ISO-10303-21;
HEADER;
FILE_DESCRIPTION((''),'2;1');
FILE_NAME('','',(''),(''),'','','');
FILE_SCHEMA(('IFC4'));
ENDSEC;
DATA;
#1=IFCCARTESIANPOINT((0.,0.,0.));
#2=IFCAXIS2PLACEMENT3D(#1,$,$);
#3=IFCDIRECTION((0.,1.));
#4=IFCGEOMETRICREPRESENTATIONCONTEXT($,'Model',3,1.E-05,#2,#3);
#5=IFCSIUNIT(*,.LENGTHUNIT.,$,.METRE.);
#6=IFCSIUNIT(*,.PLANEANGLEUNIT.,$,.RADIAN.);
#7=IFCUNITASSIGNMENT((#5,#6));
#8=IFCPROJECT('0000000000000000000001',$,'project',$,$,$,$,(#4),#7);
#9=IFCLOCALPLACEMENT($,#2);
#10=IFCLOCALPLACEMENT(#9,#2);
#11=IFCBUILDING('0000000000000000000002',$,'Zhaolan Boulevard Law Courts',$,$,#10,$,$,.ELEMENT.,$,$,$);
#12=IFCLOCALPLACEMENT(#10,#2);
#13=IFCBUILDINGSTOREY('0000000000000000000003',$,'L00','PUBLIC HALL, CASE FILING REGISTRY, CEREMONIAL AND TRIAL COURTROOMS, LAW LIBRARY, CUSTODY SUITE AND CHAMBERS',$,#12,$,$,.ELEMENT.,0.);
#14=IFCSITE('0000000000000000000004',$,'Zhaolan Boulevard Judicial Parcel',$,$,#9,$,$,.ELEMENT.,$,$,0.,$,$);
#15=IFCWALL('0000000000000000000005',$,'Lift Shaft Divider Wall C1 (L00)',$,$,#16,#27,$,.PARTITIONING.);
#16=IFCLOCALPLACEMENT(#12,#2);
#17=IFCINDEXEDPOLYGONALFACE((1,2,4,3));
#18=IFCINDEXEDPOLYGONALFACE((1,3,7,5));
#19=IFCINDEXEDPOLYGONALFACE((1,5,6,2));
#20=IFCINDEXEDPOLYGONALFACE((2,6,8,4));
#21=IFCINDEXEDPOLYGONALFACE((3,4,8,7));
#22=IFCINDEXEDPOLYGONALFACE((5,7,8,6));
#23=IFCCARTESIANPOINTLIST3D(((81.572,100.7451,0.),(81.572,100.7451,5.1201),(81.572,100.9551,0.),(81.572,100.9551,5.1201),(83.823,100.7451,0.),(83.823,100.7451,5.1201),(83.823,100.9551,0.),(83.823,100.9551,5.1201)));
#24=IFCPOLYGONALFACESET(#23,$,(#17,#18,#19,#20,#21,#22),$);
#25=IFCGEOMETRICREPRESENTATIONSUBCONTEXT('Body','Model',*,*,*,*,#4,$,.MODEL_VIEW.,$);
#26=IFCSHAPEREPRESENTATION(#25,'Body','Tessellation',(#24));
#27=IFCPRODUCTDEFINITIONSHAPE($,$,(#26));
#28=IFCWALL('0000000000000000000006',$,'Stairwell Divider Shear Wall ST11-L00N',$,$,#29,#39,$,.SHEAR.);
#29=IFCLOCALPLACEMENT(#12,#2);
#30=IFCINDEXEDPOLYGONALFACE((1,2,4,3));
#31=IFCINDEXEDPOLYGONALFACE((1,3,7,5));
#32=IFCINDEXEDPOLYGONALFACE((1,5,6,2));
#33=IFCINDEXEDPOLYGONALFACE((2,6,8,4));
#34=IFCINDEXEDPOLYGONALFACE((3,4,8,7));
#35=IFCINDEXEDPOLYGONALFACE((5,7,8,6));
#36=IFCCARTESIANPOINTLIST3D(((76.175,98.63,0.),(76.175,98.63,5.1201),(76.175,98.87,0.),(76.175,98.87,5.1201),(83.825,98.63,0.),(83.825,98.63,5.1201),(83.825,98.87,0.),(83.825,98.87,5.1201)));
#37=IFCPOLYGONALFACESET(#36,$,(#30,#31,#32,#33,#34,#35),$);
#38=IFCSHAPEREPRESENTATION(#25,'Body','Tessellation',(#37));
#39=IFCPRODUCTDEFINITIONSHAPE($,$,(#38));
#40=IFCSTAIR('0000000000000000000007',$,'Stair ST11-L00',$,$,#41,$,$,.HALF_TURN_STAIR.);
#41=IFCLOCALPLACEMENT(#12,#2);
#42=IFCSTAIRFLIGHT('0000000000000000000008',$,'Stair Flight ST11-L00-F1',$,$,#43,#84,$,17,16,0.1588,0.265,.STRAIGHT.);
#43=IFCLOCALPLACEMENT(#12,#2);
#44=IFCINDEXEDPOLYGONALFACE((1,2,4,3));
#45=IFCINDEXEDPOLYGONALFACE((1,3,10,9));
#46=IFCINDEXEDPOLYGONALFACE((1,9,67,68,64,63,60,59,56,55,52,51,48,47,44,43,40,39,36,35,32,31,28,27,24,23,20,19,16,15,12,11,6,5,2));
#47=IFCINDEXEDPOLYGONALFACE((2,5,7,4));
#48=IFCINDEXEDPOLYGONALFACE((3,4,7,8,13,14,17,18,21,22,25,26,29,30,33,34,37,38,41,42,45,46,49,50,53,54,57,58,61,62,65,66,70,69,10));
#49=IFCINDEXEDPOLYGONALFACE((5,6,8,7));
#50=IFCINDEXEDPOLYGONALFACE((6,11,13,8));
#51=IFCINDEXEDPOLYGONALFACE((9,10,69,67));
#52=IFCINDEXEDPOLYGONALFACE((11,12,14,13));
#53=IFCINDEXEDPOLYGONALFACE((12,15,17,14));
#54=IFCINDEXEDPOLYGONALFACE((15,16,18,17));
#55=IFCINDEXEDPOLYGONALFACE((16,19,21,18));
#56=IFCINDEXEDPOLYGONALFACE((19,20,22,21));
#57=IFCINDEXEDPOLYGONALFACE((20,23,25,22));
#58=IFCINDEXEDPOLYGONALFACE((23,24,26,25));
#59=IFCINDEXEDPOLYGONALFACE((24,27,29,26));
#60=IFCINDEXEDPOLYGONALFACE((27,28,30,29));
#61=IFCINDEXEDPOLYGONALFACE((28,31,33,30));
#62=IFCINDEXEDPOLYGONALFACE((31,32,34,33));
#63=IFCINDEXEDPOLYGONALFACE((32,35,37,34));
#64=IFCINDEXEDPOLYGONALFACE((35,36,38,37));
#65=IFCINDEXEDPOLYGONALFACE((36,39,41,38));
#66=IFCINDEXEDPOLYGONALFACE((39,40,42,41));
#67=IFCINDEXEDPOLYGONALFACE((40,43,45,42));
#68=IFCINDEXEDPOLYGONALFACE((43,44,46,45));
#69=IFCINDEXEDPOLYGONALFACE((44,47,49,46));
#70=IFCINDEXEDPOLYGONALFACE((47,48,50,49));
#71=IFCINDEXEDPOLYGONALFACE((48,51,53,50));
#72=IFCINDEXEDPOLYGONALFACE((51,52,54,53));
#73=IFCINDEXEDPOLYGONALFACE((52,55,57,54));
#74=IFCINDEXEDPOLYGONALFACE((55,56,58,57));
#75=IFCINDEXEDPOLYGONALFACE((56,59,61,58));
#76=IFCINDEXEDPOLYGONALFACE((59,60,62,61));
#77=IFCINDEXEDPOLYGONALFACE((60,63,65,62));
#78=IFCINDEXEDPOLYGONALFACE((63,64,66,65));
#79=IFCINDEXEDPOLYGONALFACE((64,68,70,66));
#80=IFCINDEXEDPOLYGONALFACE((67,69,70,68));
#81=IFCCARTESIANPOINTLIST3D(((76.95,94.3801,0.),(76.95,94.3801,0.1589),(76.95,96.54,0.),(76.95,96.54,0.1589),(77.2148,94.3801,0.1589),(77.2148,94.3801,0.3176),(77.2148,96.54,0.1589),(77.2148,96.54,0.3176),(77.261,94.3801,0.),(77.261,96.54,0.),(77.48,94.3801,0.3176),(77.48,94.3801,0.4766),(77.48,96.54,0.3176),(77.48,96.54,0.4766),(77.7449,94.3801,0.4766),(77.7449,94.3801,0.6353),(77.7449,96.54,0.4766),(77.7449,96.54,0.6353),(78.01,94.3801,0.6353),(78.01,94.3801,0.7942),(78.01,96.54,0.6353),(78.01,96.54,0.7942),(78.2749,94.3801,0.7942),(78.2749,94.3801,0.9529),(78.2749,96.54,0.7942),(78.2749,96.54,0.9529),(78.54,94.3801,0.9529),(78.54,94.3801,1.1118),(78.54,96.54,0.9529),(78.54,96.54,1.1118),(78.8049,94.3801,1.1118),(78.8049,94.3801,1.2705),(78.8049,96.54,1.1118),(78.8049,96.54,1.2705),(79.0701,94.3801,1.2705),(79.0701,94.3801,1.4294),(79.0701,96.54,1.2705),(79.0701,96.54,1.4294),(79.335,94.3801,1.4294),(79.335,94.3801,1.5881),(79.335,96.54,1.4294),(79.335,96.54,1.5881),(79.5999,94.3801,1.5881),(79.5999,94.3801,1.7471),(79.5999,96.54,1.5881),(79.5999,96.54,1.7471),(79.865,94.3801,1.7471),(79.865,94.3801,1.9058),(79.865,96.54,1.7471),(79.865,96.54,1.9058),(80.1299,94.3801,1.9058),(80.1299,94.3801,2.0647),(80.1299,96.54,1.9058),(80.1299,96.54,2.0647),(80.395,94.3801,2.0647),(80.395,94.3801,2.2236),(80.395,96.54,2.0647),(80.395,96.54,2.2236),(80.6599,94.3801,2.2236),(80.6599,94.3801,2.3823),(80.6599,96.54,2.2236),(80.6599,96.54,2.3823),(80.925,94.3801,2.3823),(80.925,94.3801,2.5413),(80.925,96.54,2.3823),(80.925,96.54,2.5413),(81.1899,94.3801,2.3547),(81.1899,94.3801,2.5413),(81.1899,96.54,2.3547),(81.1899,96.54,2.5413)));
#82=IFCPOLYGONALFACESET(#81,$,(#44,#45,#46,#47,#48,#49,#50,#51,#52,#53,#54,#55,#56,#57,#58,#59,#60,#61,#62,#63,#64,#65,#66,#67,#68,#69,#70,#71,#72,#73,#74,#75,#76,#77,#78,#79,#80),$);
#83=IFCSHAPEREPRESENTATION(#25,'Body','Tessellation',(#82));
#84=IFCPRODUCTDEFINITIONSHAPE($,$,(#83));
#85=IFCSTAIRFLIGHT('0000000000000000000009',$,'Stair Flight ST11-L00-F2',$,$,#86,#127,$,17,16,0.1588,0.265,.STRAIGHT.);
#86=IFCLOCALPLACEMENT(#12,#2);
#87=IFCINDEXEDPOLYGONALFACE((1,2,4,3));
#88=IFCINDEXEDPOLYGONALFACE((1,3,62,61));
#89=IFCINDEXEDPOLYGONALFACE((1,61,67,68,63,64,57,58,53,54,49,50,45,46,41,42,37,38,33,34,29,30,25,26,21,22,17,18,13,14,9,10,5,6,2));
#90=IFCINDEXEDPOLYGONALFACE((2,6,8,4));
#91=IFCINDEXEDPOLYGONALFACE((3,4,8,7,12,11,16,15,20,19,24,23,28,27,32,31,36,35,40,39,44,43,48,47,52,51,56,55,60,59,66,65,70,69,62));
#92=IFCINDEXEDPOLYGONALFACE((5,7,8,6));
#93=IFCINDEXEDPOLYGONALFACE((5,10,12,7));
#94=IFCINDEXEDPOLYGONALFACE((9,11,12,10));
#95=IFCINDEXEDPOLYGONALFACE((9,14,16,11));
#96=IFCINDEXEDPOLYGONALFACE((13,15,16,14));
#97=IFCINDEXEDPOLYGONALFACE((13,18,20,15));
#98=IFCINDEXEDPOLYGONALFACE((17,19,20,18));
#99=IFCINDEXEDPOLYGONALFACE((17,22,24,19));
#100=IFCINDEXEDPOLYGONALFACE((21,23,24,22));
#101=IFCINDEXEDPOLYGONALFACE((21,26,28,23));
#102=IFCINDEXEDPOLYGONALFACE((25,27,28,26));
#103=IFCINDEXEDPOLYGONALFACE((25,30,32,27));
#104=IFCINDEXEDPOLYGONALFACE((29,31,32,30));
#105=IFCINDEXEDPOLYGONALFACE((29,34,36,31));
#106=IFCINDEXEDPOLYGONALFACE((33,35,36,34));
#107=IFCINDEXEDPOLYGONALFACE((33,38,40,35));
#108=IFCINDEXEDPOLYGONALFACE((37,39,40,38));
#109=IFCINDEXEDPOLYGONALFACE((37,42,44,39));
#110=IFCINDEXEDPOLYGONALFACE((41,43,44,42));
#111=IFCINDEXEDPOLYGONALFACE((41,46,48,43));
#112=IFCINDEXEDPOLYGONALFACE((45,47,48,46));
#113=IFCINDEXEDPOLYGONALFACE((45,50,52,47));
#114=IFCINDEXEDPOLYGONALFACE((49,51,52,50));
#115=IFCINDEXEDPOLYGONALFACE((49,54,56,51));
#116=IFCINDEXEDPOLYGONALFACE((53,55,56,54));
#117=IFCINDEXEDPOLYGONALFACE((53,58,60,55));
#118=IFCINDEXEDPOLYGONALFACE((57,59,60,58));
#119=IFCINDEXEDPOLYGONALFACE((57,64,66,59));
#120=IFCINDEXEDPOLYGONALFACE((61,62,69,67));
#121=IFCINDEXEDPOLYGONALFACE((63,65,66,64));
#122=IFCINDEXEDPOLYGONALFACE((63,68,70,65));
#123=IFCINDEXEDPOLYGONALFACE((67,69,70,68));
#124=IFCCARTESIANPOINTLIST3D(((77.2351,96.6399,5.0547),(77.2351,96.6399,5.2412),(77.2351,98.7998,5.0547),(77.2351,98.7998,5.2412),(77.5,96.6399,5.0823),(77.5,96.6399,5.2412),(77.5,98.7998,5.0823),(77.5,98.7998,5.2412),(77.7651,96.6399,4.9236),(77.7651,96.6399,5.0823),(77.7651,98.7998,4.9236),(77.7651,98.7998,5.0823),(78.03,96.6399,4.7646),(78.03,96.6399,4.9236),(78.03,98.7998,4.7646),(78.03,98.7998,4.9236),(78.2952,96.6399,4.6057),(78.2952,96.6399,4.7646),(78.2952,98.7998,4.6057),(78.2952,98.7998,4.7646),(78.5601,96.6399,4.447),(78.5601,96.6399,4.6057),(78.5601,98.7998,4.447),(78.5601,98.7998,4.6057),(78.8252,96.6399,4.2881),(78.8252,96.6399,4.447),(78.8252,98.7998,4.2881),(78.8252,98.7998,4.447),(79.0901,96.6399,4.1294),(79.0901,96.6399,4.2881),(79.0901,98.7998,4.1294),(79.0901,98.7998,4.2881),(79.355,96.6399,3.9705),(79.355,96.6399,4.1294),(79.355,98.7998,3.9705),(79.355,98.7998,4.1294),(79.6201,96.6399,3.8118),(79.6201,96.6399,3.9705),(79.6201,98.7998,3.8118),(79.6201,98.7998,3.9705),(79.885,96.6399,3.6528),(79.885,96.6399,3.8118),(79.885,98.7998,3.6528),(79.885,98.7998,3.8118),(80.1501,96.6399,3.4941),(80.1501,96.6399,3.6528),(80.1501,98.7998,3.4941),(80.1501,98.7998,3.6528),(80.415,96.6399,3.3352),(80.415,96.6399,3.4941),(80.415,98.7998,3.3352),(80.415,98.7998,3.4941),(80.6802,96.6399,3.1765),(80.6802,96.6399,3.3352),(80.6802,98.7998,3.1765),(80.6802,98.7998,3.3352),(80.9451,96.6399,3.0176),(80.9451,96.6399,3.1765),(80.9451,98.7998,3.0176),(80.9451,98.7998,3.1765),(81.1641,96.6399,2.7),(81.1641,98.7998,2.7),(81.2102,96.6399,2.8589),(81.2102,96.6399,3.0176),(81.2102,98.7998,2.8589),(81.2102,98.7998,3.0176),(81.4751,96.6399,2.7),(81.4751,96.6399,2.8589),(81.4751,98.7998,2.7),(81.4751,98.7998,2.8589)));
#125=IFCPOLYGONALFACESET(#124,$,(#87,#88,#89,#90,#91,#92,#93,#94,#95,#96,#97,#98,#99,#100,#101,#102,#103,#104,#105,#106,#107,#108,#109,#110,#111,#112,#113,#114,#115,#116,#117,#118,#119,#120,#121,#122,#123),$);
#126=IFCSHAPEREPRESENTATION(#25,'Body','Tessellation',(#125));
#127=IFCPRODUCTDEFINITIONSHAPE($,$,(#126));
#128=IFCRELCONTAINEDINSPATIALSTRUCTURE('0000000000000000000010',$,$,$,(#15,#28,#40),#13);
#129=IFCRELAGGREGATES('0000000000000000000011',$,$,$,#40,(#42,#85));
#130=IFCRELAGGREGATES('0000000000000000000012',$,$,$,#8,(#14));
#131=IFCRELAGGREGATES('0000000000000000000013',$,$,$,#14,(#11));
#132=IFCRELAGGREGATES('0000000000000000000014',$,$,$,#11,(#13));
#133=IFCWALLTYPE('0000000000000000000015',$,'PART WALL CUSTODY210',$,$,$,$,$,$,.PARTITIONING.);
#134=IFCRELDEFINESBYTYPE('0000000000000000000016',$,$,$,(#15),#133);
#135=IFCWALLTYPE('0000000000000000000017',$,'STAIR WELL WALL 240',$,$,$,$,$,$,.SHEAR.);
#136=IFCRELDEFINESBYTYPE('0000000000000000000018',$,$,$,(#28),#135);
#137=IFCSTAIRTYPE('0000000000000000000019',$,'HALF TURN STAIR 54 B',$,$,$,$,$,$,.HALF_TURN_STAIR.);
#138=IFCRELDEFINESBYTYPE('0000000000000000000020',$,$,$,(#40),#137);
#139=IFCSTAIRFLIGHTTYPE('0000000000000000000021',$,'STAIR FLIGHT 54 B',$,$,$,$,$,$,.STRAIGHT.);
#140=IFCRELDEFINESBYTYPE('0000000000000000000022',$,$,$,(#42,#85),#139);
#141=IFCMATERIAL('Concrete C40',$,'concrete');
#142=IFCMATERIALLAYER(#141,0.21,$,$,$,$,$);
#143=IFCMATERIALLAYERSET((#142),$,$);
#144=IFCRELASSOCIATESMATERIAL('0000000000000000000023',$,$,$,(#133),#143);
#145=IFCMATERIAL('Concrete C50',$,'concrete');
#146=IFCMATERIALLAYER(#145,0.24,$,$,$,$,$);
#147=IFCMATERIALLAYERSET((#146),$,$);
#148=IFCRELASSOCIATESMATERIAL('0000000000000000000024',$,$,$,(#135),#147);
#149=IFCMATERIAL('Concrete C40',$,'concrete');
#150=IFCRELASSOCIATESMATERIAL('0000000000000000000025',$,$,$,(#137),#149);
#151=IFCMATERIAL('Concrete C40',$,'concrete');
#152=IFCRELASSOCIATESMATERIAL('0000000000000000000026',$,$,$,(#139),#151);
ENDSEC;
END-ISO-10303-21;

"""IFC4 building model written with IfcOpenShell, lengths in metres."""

from ifc_helpers import new_model, si_unit, direction, frame, frame_2d, origin, place, context, subcontext, project, spatial, polyline, rectangle, outline, extrude, material, layer, layer_set, type_object, element, aggregate, save


model = new_model("IFC4")

# Units and contexts
model_context = context("Model", 3, precision=1e-05, world=origin(), true_north=direction((0.0, 1.0)))
body_context = subcontext(model_context, "Body", "Model", "MODEL_VIEW")
ifc_project = project(units=[si_unit("LENGTHUNIT", "METRE"), si_unit("PLANEANGLEUNIT", "RADIAN")], contexts=[model_context])

# Site, building, storey
site_placement = place(None, origin())
site = spatial("IfcSite", under=ifc_project, at=site_placement, Name="Zhaolan Boulevard Judicial Parcel", CompositionType="ELEMENT", RefElevation=0.0)
building_placement = place(site_placement, origin())
building = spatial("IfcBuilding", under=site, at=building_placement, Name="Zhaolan Boulevard Law Courts", CompositionType="ELEMENT")
storey_placement = place(building_placement, origin())
storey = spatial("IfcBuildingStorey", under=building, at=storey_placement, Name="L00", Description="PUBLIC HALL, CASE FILING REGISTRY, CEREMONIAL AND TRIAL COURTROOMS, LAW LIBRARY, CUSTODY SUITE AND CHAMBERS", CompositionType="ELEMENT", Elevation=0.0)

# Walls
ifc_material_1 = material(Name="Concrete C40", Category="concrete")
ifc_layer_1 = layer(ifc_material_1, 0.21)
ifc_layer_set_1 = layer_set([ifc_layer_1])
wall_type_1 = type_object("IfcWallType", Name="PART WALL CUSTODY210", PredefinedType="PARTITIONING", material=ifc_layer_set_1)
wall_1_placement = place(storey_placement, frame((81.572, 100.8501, 0.0), z_axis=(0.0, 0.0, 1.0), x_axis=(1.0, 0.0, 0.0)))
element("IfcWall", 1, at=wall_1_placement, inside=storey, type_object=wall_type_1, Name="Lift Shaft Divider Wall C1 (L00)", PredefinedType="PARTITIONING", context=body_context, shape_type="SweptSolid", body=[
    extrude(rectangle(XDim=2.251, YDim=0.21, at=frame_2d((1.1255, 0.0))), origin(), (0.0, 0.0, 1.0), 5.1201),
])
ifc_material_2 = material(Name="Concrete C50", Category="concrete")
ifc_layer_2 = layer(ifc_material_2, 0.24)
ifc_layer_set_2 = layer_set([ifc_layer_2])
wall_type_2 = type_object("IfcWallType", Name="STAIR WELL WALL 240", PredefinedType="SHEAR", material=ifc_layer_set_2)
wall_2_placement = place(storey_placement, frame((76.175, 98.75, 0.0), z_axis=(0.0, 0.0, 1.0), x_axis=(1.0, 0.0, 0.0)))
element("IfcWall", 2, at=wall_2_placement, inside=storey, type_object=wall_type_2, Name="Stairwell Divider Shear Wall ST11-L00N", PredefinedType="SHEAR", context=body_context, shape_type="SweptSolid", body=[
    extrude(rectangle(XDim=7.6499, YDim=0.24, at=frame_2d((3.825, 0.0))), origin(), (0.0, 0.0, 1.0), 5.1201),
])

# Stair, stair flights
ifc_material_3 = material(Name="Concrete C40", Category="concrete")
stair_type = type_object("IfcStairType", Name="HALF TURN STAIR 54 B", PredefinedType="HALF_TURN_STAIR", material=ifc_material_3)
stair_placement = place(storey_placement, origin())
stair = element("IfcStair", 3, at=stair_placement, inside=storey, type_object=stair_type, Name="Stair ST11-L00", PredefinedType="HALF_TURN_STAIR")
ifc_material_4 = material(Name="Concrete C40", Category="concrete")
stair_flight_type = type_object("IfcStairFlightType", Name="STAIR FLIGHT 54 B", PredefinedType="STRAIGHT", material=ifc_material_4)
stair_flight_1_placement = place(storey_placement, frame((76.95, 95.46, 0.0), z_axis=(0.0, 0.0, 1.0), x_axis=(1.0, 0.0, 0.0)))
stair_flight_1 = element("IfcStairFlight", 4, at=stair_flight_1_placement, type_object=stair_flight_type, Name="Stair Flight ST11-L00-F1", NumberOfRisers=17, NumberOfTreads=16, PredefinedType="STRAIGHT", RiserHeight=0.1588, TreadLength=0.265, context=body_context, shape_type="SweptSolid", body=[
    extrude(outline(polyline([(0.0, 0.0), (0.0, 0.1589), (0.2649, 0.1589), (0.2649, 0.3176), (0.53, 0.3176), (0.53, 0.4766), (0.7949, 0.4766), (0.7949, 0.6353), (1.0601, 0.6353), (1.0601, 0.7942), (1.325, 0.7942), (1.325, 0.9529), (1.5901, 0.9529), (1.5901, 1.1118), (1.855, 1.1118), (1.855, 1.2705), (2.1201, 1.2705), (2.1201, 1.4294), (2.385, 1.4294), (2.385, 1.5881), (2.6499, 1.5881), (2.6499, 1.7471), (2.915, 1.7471), (2.915, 1.9058), (3.1799, 1.9058), (3.1799, 2.0647), (3.4451, 2.0647), (3.4451, 2.2236), (3.71, 2.2236), (3.71, 2.3823), (3.9751, 2.3823), (3.9751, 2.5413), (4.24, 2.5413), (4.24, 2.7), (4.24, 2.3547), (0.311, 0.0), (0.0, 0.0)])), frame((0.0, 1.0801, 0.0), z_axis=(0.0, -1.0, 0.0), x_axis=(1.0, 0.0, 0.0)), (0.0, 0.0, 1.0), 2.1599),
])
stair_flight_2_placement = place(storey_placement, frame((81.4751, 97.72, 2.7), z_axis=(0.0, 0.0, 1.0), x_axis=(-1.0, 0.0, 0.0)))
stair_flight_2 = element("IfcStairFlight", 5, at=stair_flight_2_placement, type_object=stair_flight_type, Name="Stair Flight ST11-L00-F2", NumberOfRisers=17, NumberOfTreads=16, PredefinedType="STRAIGHT", RiserHeight=0.1588, TreadLength=0.265, context=body_context, shape_type="SweptSolid", body=[
    extrude(outline(polyline([(0.0, 0.0), (0.0, 0.1589), (0.2649, 0.1589), (0.2649, 0.3176), (0.53, 0.3176), (0.53, 0.4766), (0.7949, 0.4766), (0.7949, 0.6353), (1.0601, 0.6353), (1.0601, 0.7942), (1.325, 0.7942), (1.325, 0.9529), (1.5901, 0.9529), (1.5901, 1.1118), (1.855, 1.1118), (1.855, 1.2705), (2.1201, 1.2705), (2.1201, 1.4294), (2.385, 1.4294), (2.385, 1.5881), (2.6499, 1.5881), (2.6499, 1.7471), (2.915, 1.7471), (2.915, 1.9058), (3.1799, 1.9058), (3.1799, 2.0647), (3.4451, 2.0647), (3.4451, 2.2236), (3.71, 2.2236), (3.71, 2.3823), (3.9751, 2.3823), (3.9751, 2.5413), (4.24, 2.5413), (4.24, 2.7), (4.24, 2.3547), (0.311, 0.0), (0.0, 0.0)])), frame((0.0, 1.0801, 0.0), z_axis=(0.0, -1.0, 0.0), x_axis=(1.0, 0.0, 0.0)), (0.0, 0.0, 1.0), 2.1599),
])
aggregate(stair, [stair_flight_1, stair_flight_2])

save(model, "model.ifc")
